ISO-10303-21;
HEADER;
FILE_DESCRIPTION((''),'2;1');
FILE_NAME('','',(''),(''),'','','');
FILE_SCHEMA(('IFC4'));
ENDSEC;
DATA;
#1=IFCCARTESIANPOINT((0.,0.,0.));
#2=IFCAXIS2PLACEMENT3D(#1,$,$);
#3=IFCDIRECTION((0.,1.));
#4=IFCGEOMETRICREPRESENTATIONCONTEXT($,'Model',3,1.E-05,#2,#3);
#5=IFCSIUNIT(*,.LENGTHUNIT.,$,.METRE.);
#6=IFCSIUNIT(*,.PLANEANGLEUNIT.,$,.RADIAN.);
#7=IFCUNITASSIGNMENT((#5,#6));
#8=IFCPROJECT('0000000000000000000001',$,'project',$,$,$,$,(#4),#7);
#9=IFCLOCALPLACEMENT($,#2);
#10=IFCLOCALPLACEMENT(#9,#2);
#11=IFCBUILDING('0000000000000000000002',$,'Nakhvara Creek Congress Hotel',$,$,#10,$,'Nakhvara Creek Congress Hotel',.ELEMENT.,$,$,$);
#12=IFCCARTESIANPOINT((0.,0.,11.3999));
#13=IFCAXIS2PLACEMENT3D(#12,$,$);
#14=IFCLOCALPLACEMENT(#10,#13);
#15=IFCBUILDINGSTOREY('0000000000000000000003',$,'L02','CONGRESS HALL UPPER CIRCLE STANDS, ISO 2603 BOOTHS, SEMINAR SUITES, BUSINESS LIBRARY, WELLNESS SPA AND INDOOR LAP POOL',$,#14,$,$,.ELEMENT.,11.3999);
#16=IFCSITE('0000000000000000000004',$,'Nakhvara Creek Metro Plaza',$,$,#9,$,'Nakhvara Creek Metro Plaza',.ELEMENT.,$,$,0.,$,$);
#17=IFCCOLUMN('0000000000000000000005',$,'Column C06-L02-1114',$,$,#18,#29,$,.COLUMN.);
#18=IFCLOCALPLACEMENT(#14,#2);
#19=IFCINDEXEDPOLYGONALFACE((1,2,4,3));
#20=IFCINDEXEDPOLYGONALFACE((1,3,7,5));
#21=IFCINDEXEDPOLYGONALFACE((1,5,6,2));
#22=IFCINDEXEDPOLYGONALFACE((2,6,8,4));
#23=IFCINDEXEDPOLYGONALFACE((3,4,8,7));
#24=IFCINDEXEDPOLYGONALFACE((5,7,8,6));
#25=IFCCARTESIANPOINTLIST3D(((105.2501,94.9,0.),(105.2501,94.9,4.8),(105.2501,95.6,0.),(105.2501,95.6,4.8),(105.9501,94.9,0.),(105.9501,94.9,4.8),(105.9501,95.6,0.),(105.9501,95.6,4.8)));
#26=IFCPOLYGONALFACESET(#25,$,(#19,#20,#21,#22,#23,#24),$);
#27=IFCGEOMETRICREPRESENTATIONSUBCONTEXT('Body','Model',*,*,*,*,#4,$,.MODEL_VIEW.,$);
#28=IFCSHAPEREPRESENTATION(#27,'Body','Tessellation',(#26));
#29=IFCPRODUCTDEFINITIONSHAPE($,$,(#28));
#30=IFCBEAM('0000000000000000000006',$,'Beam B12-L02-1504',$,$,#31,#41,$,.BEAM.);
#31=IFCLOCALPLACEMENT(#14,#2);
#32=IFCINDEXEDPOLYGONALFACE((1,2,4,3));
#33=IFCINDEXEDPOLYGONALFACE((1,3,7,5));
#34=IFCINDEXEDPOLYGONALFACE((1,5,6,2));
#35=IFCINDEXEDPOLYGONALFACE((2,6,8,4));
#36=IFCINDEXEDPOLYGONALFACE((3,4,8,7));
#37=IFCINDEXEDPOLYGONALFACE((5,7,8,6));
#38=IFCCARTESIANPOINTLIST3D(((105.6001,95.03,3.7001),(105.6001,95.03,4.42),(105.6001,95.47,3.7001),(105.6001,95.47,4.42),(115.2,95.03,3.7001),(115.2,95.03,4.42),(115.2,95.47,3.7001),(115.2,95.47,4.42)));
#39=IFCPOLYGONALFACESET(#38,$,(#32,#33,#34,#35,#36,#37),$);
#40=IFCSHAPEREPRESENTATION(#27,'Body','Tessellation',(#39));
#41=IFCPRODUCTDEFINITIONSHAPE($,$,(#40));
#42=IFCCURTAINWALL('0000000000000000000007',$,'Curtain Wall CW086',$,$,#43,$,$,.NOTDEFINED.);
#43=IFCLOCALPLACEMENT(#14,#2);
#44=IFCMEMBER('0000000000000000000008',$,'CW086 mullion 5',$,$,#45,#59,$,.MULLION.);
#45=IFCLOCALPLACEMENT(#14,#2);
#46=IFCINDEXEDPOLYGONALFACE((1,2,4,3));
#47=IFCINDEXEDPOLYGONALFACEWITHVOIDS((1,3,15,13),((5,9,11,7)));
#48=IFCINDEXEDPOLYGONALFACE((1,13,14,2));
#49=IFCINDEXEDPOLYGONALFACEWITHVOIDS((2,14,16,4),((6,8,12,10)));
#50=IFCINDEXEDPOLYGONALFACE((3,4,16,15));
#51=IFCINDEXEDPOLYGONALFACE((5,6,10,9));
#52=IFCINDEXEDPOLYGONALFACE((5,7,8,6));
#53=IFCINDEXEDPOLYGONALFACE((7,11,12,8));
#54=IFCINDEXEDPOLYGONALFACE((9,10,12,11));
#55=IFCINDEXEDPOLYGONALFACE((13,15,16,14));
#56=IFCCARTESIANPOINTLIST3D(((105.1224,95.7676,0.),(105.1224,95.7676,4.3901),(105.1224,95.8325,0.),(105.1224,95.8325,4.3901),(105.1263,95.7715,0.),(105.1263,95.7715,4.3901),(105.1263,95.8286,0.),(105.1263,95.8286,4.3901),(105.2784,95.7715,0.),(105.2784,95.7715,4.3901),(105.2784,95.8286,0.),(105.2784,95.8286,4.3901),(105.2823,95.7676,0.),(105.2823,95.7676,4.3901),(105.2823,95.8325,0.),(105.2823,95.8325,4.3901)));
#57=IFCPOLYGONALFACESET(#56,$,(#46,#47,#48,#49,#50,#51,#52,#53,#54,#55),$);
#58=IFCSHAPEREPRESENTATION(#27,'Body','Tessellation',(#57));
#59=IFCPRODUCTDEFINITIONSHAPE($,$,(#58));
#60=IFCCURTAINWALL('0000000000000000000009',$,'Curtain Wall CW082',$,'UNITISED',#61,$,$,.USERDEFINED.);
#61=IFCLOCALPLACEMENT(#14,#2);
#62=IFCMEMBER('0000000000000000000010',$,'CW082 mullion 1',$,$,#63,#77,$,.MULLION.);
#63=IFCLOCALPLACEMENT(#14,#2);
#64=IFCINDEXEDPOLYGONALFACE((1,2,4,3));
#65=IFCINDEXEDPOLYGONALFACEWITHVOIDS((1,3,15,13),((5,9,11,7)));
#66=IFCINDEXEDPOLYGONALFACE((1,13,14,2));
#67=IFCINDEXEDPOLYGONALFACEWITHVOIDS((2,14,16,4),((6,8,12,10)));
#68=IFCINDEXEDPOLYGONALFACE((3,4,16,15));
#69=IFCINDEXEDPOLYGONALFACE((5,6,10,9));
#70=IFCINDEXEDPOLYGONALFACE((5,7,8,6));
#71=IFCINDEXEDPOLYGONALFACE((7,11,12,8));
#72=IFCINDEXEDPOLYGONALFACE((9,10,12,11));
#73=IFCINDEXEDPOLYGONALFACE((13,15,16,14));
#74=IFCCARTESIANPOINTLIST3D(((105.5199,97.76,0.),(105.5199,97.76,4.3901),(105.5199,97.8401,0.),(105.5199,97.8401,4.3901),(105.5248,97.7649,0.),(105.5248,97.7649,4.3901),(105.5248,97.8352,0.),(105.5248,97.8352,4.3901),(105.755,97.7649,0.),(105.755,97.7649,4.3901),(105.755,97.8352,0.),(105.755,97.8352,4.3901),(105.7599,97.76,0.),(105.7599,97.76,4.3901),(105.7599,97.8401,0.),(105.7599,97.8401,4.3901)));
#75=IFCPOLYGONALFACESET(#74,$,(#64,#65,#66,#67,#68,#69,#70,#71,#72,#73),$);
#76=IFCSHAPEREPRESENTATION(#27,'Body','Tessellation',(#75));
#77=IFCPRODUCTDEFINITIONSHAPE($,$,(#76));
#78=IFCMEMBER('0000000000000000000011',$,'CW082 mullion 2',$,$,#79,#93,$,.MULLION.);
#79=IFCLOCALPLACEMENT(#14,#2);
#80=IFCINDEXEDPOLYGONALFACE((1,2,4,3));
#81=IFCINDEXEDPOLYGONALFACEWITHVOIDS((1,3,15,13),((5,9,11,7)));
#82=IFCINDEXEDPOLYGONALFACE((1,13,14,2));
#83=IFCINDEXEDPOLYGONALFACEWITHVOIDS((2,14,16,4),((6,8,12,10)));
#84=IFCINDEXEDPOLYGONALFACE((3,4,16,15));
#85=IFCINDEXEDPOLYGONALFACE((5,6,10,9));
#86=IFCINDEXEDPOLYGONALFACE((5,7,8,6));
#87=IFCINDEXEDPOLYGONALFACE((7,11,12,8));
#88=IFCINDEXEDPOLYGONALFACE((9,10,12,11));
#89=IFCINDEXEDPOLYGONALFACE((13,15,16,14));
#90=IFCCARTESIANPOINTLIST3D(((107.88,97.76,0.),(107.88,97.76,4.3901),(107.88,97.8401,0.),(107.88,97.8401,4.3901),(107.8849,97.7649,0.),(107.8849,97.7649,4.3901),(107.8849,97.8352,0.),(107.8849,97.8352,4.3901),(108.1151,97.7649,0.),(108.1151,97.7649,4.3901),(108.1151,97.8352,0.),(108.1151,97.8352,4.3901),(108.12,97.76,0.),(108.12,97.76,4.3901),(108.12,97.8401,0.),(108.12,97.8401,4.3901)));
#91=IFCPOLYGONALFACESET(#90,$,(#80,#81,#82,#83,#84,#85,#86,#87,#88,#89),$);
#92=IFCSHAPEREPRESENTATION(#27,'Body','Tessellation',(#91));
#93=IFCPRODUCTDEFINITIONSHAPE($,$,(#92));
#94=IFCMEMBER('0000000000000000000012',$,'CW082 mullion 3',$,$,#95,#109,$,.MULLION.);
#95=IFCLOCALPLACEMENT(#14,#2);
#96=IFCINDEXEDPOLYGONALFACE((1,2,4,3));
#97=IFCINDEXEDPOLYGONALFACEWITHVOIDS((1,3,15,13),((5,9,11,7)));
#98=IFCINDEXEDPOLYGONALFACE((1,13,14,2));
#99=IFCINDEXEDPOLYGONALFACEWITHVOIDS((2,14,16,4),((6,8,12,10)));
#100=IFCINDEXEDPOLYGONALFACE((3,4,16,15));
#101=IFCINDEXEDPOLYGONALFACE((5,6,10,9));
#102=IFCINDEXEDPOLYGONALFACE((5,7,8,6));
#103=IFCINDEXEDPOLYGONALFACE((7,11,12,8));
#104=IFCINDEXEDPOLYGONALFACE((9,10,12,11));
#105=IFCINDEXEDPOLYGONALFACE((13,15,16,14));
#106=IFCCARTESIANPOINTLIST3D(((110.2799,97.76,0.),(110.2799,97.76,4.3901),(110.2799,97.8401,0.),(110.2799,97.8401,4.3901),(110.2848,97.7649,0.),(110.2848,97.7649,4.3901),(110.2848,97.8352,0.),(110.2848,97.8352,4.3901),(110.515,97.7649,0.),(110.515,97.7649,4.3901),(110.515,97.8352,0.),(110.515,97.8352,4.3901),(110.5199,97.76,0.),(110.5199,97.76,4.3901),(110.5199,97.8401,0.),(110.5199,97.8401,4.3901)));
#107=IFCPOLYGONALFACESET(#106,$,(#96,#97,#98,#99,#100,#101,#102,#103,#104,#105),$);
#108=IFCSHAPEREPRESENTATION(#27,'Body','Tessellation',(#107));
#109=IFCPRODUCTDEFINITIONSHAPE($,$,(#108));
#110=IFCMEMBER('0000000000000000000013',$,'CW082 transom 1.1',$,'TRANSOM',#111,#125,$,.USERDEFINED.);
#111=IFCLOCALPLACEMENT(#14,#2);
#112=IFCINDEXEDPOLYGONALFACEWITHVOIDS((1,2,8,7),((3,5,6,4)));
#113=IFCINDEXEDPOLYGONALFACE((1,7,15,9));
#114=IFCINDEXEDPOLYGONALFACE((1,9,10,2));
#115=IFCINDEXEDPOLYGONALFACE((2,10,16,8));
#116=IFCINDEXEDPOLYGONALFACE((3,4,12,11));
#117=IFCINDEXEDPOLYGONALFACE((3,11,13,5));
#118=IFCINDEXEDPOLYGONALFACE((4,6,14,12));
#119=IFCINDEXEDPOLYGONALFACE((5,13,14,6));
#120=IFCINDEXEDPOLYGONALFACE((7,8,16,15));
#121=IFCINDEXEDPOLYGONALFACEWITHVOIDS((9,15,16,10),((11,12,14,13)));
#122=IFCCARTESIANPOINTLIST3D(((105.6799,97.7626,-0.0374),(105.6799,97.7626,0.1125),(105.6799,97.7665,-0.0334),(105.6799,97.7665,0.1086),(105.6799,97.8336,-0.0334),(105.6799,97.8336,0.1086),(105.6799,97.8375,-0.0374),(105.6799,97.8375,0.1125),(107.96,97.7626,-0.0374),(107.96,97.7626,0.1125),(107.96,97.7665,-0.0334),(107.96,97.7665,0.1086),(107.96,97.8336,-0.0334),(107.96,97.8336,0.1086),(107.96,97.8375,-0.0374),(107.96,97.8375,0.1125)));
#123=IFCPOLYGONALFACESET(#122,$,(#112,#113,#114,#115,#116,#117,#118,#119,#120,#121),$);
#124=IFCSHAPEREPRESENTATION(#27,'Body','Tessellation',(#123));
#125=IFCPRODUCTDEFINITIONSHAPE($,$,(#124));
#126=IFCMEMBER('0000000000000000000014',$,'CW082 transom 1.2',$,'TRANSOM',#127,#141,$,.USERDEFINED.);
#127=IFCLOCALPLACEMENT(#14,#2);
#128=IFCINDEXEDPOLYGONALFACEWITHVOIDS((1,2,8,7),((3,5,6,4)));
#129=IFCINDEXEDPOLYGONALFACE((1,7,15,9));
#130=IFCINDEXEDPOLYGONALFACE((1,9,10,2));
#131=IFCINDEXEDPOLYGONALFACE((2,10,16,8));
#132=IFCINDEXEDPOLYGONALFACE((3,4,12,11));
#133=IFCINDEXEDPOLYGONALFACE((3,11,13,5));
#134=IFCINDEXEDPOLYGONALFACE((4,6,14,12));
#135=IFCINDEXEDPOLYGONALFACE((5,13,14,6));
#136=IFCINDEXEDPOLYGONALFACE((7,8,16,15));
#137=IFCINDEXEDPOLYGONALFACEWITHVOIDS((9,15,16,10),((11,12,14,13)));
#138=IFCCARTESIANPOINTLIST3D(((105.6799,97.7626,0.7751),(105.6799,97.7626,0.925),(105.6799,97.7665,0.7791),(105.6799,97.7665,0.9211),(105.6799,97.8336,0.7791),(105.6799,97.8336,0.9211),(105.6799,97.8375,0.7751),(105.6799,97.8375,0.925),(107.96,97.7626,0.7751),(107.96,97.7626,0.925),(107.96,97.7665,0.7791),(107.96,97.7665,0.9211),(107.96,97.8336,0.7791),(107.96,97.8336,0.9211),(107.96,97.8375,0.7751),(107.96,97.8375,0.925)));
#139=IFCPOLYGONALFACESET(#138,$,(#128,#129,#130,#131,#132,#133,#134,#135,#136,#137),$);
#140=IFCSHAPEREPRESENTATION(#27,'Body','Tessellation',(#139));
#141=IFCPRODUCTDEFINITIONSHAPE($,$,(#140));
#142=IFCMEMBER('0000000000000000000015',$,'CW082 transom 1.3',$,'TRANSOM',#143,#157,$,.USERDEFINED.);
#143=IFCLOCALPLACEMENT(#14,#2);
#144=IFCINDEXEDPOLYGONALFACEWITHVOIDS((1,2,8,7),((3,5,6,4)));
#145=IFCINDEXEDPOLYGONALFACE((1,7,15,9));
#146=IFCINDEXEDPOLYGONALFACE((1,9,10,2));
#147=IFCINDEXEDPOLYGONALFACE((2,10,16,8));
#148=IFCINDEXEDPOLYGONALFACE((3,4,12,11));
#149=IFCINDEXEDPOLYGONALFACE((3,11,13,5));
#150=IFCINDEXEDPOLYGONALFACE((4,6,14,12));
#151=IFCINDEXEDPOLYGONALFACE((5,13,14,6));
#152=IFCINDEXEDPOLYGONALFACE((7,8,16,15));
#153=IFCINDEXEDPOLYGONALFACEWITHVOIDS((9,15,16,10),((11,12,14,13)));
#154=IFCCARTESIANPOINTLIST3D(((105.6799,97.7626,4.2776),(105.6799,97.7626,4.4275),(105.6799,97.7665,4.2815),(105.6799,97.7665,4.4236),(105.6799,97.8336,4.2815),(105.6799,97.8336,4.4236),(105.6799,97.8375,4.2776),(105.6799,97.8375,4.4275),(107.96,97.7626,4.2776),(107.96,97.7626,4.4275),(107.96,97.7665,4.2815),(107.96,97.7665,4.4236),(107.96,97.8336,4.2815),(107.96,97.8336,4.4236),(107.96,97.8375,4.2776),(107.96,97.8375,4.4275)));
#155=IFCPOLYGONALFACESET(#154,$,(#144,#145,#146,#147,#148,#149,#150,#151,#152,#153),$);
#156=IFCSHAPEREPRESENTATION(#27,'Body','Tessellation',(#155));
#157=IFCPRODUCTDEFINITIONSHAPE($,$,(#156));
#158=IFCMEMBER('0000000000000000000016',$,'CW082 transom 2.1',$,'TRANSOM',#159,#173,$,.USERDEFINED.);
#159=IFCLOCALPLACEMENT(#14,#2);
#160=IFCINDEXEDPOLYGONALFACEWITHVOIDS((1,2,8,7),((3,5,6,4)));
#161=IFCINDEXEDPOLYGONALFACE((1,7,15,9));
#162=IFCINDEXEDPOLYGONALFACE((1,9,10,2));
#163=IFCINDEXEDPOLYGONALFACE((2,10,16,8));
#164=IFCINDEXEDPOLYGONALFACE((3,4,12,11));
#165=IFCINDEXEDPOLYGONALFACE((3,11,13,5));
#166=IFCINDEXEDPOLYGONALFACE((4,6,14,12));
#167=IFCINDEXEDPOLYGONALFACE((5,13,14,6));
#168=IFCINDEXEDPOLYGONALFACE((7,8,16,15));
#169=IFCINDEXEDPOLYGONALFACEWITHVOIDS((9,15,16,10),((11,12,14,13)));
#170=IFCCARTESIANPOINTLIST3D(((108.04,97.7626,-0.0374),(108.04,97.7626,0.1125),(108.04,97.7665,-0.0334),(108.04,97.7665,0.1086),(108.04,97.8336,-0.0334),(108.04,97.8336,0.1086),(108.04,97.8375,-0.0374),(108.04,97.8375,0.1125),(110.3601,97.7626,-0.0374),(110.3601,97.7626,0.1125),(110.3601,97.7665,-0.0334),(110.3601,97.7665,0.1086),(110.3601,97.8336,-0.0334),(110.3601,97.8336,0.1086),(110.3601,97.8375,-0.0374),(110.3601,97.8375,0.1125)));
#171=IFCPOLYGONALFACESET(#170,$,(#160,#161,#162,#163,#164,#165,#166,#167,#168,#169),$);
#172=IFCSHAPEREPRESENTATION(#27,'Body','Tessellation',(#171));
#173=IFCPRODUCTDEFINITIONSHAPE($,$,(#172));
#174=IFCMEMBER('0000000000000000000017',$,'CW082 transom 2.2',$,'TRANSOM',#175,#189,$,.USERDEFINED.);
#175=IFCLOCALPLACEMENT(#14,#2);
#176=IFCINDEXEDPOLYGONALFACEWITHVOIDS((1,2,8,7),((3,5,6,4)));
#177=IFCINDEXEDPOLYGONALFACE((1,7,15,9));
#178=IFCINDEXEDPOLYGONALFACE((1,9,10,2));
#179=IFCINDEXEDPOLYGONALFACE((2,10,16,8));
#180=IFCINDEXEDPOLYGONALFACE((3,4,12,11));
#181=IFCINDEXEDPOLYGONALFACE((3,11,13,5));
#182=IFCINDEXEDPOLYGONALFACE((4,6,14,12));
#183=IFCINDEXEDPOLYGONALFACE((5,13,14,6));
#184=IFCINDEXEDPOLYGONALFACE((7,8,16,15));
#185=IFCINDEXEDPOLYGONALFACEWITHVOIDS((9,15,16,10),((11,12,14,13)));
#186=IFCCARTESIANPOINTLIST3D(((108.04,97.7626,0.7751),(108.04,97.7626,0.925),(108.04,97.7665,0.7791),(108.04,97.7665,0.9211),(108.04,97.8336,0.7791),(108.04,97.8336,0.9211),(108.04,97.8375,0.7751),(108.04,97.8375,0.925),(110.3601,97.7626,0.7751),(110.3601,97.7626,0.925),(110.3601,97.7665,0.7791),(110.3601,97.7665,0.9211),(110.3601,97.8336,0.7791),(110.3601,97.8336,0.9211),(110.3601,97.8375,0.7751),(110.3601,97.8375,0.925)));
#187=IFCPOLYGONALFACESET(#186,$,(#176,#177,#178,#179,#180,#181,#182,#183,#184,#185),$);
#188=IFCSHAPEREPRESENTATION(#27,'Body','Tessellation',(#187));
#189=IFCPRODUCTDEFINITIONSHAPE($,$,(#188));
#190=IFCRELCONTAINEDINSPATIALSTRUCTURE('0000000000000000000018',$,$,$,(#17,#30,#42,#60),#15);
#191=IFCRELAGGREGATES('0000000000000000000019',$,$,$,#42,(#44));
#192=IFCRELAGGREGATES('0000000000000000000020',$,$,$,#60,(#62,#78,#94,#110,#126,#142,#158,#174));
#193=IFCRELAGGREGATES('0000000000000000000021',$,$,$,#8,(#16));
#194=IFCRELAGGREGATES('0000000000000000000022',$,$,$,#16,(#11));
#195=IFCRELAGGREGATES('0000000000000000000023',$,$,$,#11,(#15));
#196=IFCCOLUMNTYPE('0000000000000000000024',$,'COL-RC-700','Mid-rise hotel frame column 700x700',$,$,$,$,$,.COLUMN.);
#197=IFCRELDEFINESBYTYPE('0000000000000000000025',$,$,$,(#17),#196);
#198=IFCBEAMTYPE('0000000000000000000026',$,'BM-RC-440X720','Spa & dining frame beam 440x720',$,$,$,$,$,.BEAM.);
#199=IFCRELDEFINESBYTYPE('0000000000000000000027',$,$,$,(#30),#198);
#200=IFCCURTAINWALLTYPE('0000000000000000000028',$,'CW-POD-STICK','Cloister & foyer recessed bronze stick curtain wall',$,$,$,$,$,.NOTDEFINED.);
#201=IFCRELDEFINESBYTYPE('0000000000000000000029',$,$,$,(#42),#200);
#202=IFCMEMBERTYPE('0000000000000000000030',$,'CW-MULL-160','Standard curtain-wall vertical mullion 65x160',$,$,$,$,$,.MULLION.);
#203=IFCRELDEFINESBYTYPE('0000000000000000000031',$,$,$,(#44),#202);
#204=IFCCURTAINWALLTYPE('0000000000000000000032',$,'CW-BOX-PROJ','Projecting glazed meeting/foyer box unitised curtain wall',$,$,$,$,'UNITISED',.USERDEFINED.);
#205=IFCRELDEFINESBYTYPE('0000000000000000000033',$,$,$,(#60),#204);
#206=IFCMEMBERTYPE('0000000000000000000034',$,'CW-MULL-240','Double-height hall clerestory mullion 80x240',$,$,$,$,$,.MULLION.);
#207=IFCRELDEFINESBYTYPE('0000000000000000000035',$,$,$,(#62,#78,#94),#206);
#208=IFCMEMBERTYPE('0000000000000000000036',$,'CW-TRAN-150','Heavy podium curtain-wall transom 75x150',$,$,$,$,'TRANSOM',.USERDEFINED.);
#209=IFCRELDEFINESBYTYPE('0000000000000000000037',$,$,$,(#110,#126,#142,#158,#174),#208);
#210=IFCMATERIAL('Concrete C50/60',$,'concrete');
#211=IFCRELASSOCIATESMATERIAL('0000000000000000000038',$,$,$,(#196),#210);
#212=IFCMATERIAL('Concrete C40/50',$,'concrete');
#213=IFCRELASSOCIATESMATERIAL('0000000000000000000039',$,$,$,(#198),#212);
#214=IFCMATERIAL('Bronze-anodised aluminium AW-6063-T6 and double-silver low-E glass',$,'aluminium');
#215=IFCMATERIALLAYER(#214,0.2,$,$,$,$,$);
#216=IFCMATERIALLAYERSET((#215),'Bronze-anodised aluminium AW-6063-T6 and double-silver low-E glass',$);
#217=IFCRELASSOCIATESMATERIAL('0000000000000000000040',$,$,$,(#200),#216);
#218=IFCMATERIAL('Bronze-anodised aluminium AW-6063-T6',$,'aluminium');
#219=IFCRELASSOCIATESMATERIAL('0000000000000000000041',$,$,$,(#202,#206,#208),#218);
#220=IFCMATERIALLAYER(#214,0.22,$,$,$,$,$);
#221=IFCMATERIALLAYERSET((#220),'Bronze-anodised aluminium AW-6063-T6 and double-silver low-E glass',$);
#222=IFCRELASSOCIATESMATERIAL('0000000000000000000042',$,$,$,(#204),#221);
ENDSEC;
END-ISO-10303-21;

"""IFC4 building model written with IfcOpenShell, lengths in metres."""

from ifc_helpers import new_model, si_unit, direction, frame, origin, origin_2d, place, context, subcontext, project, spatial, rectangle, hollow_rectangle, extrude, material, layer, layer_set, material_profile, profile_set, type_object, element, aggregate, save


model = new_model("IFC4")

# Units and contexts
model_context = context("Model", 3, precision=1e-05, world=origin(), true_north=direction((0.0, 1.0)))
body_context = subcontext(model_context, "Body", "Model", "MODEL_VIEW")
ifc_project = project(units=[si_unit("LENGTHUNIT", "METRE"), si_unit("PLANEANGLEUNIT", "RADIAN")], contexts=[model_context])

# Site, building, storey
site_placement = place(None, origin())
site = spatial("IfcSite", under=ifc_project, at=site_placement, Name="Nakhvara Creek Metro Plaza", LongName="Nakhvara Creek Metro Plaza", CompositionType="ELEMENT", RefElevation=0.0)
building_placement = place(site_placement, origin())
building = spatial("IfcBuilding", under=site, at=building_placement, Name="Nakhvara Creek Congress Hotel", LongName="Nakhvara Creek Congress Hotel", CompositionType="ELEMENT")
storey_placement = place(building_placement, frame((0.0, 0.0, 11.3999)))
storey = spatial("IfcBuildingStorey", under=building, at=storey_placement, Name="L02", Description="CONGRESS HALL UPPER CIRCLE STANDS, ISO 2603 BOOTHS, SEMINAR SUITES, BUSINESS LIBRARY, WELLNESS SPA AND INDOOR LAP POOL", CompositionType="ELEMENT", Elevation=11.3999)

# Column
ifc_material_1 = material(Name="Concrete C50/60", Category="concrete")
ifc_material_profile_1 = material_profile(ifc_material_1, rectangle(XDim=0.7, YDim=0.7, at=origin_2d()), Name="RC-COL 700x700", Category="LoadBearing")
ifc_profile_set_1 = profile_set([ifc_material_profile_1], Name="Concrete C50/60")
column_type = type_object("IfcColumnType", Name="COL-RC-700", Description="Mid-rise hotel frame column 700x700", PredefinedType="COLUMN", material=ifc_profile_set_1)
column_placement = place(storey_placement, frame((105.6001, 95.25, 0.0), z_axis=(0.0, 0.0, 1.0), x_axis=(1.0, 0.0, 0.0)))
element("IfcColumn", 1, at=column_placement, inside=storey, type_object=column_type, Name="Column C06-L02-1114", PredefinedType="COLUMN", context=body_context, shape_type="SweptSolid", body=[
    extrude(rectangle(XDim=0.7, YDim=0.7, at=origin_2d()), origin(), (0.0, 0.0, 1.0), 4.8),
])

# Beam
ifc_material_2 = material(Name="Concrete C40/50", Category="concrete")
ifc_material_profile_2 = material_profile(ifc_material_2, rectangle(XDim=0.4399, YDim=0.72, at=origin_2d()), Name="RC-BM 440x720", Category="LoadBearing")
ifc_profile_set_2 = profile_set([ifc_material_profile_2], Name="Concrete C40/50")
beam_type = type_object("IfcBeamType", Name="BM-RC-440X720", Description="Spa & dining frame beam 440x720", PredefinedType="BEAM", material=ifc_profile_set_2)
beam_placement = place(storey_placement, frame((105.6001, 95.25, 4.0601), z_axis=(1.0, 0.0, 0.0), x_axis=(0.0, 1.0, 0.0)))
element("IfcBeam", 2, at=beam_placement, inside=storey, type_object=beam_type, Name="Beam B12-L02-1504", PredefinedType="BEAM", context=body_context, shape_type="SweptSolid", body=[
    extrude(rectangle(XDim=0.4399, YDim=0.72, at=origin_2d()), origin(), (0.0, 0.0, 1.0), 9.5999),
])

# Curtain wall, member
ifc_material_3 = material(Name="Bronze-anodised aluminium AW-6063-T6 and double-silver low-E glass", Category="aluminium")
ifc_layer_1 = layer(ifc_material_3, 0.2)
ifc_layer_set_1 = layer_set([ifc_layer_1], Name="Bronze-anodised aluminium AW-6063-T6 and double-silver low-E glass")
curtain_wall_type_1 = type_object("IfcCurtainWallType", Name="CW-POD-STICK", Description="Cloister & foyer recessed bronze stick curtain wall", PredefinedType="NOTDEFINED", material=ifc_layer_set_1)
curtain_wall_1_placement = place(storey_placement, origin())
curtain_wall_1 = element("IfcCurtainWall", 3, at=curtain_wall_1_placement, inside=storey, type_object=curtain_wall_type_1, Name="Curtain Wall CW086", PredefinedType="NOTDEFINED")
ifc_material_4 = material(Name="Bronze-anodised aluminium AW-6063-T6", Category="aluminium")
ifc_material_profile_3 = material_profile(ifc_material_4, hollow_rectangle(XDim=0.0649, YDim=0.1599, WallThickness=0.0039, at=origin_2d()), Name="ALU-MULL 65x160x4", Category="LoadBearing")
ifc_profile_set_3 = profile_set([ifc_material_profile_3], Name="Bronze-anodised aluminium AW-6063-T6")
member_type_1 = type_object("IfcMemberType", Name="CW-MULL-160", Description="Standard curtain-wall vertical mullion 65x160", PredefinedType="MULLION", material=ifc_profile_set_3)
member_1_placement = place(storey_placement, frame((105.2024, 95.8, 0.0), z_axis=(0.0, 0.0, 1.0), x_axis=(0.0, 1.0, 0.0)))
member_1 = element("IfcMember", 4, at=member_1_placement, type_object=member_type_1, Name="CW086 mullion 5", PredefinedType="MULLION", context=body_context, shape_type="SweptSolid", body=[
    extrude(hollow_rectangle(XDim=0.0649, YDim=0.1599, WallThickness=0.0039, at=origin_2d()), origin(), (0.0, 0.0, 1.0), 4.3901),
])
aggregate(curtain_wall_1, [member_1])

# Curtain wall, members
ifc_layer_2 = layer(ifc_material_3, 0.22)
ifc_layer_set_2 = layer_set([ifc_layer_2], Name="Bronze-anodised aluminium AW-6063-T6 and double-silver low-E glass")
curtain_wall_type_2 = type_object("IfcCurtainWallType", Name="CW-BOX-PROJ", Description="Projecting glazed meeting/foyer box unitised curtain wall", ElementType="UNITISED", PredefinedType="USERDEFINED", material=ifc_layer_set_2)
curtain_wall_2_placement = place(storey_placement, origin())
curtain_wall_2 = element("IfcCurtainWall", 5, at=curtain_wall_2_placement, inside=storey, type_object=curtain_wall_type_2, Name="Curtain Wall CW082", ObjectType="UNITISED", PredefinedType="USERDEFINED")
ifc_material_profile_4 = material_profile(ifc_material_4, hollow_rectangle(XDim=0.0801, YDim=0.24, WallThickness=0.0049, at=origin_2d()), Name="ALU-MULL 80x240x5", Category="LoadBearing")
ifc_profile_set_4 = profile_set([ifc_material_profile_4], Name="Bronze-anodised aluminium AW-6063-T6")
member_type_2 = type_object("IfcMemberType", Name="CW-MULL-240", Description="Double-height hall clerestory mullion 80x240", PredefinedType="MULLION", material=ifc_profile_set_4)
member_2_placement = place(storey_placement, frame((105.6399, 97.8, 0.0), z_axis=(0.0, 0.0, 1.0), x_axis=(0.0, 1.0, 0.0)))
member_2 = element("IfcMember", 6, at=member_2_placement, type_object=member_type_2, Name="CW082 mullion 1", PredefinedType="MULLION", context=body_context, shape_type="SweptSolid", body=[
    extrude(hollow_rectangle(XDim=0.0801, YDim=0.24, WallThickness=0.0049, at=origin_2d()), origin(), (0.0, 0.0, 1.0), 4.3901),
])
member_3_placement = place(storey_placement, frame((108.0, 97.8, 0.0), z_axis=(0.0, 0.0, 1.0), x_axis=(0.0, 1.0, 0.0)))
member_3 = element("IfcMember", 7, at=member_3_placement, type_object=member_type_2, Name="CW082 mullion 2", PredefinedType="MULLION", context=body_context, shape_type="SweptSolid", body=[
    extrude(hollow_rectangle(XDim=0.0801, YDim=0.24, WallThickness=0.0049, at=origin_2d()), origin(), (0.0, 0.0, 1.0), 4.3901),
])
member_4_placement = place(storey_placement, frame((110.3999, 97.8, 0.0), z_axis=(0.0, 0.0, 1.0), x_axis=(0.0, 1.0, 0.0)))
member_4 = element("IfcMember", 8, at=member_4_placement, type_object=member_type_2, Name="CW082 mullion 3", PredefinedType="MULLION", context=body_context, shape_type="SweptSolid", body=[
    extrude(hollow_rectangle(XDim=0.0801, YDim=0.24, WallThickness=0.0049, at=origin_2d()), origin(), (0.0, 0.0, 1.0), 4.3901),
])
ifc_material_profile_5 = material_profile(ifc_material_4, hollow_rectangle(XDim=0.075, YDim=0.1499, WallThickness=0.0039, at=origin_2d()), Name="ALU-TRAN 75x150x4", Category="LoadBearing")
ifc_profile_set_5 = profile_set([ifc_material_profile_5], Name="Bronze-anodised aluminium AW-6063-T6")
member_type_3 = type_object("IfcMemberType", Name="CW-TRAN-150", Description="Heavy podium curtain-wall transom 75x150", ElementType="TRANSOM", PredefinedType="USERDEFINED", material=ifc_profile_set_5)
member_5_placement = place(storey_placement, frame((105.6799, 97.8, 0.0376), z_axis=(1.0, 0.0, 0.0), x_axis=(0.0, 1.0, 0.0)))
member_5 = element("IfcMember", 9, at=member_5_placement, type_object=member_type_3, Name="CW082 transom 1.1", ObjectType="TRANSOM", PredefinedType="USERDEFINED", context=body_context, shape_type="SweptSolid", body=[
    extrude(hollow_rectangle(XDim=0.075, YDim=0.1499, WallThickness=0.0039, at=origin_2d()), origin(), (0.0, 0.0, 1.0), 2.28),
])
member_6_placement = place(storey_placement, frame((105.6799, 97.8, 0.8501), z_axis=(1.0, 0.0, 0.0), x_axis=(0.0, 1.0, 0.0)))
member_6 = element("IfcMember", 10, at=member_6_placement, type_object=member_type_3, Name="CW082 transom 1.2", ObjectType="TRANSOM", PredefinedType="USERDEFINED", context=body_context, shape_type="SweptSolid", body=[
    extrude(hollow_rectangle(XDim=0.075, YDim=0.1499, WallThickness=0.0039, at=origin_2d()), origin(), (0.0, 0.0, 1.0), 2.28),
])
member_7_placement = place(storey_placement, frame((105.6799, 97.8, 4.3525), z_axis=(1.0, 0.0, 0.0), x_axis=(0.0, 1.0, 0.0)))
member_7 = element("IfcMember", 11, at=member_7_placement, type_object=member_type_3, Name="CW082 transom 1.3", ObjectType="TRANSOM", PredefinedType="USERDEFINED", context=body_context, shape_type="SweptSolid", body=[
    extrude(hollow_rectangle(XDim=0.075, YDim=0.1499, WallThickness=0.0039, at=origin_2d()), origin(), (0.0, 0.0, 1.0), 2.28),
])
member_8_placement = place(storey_placement, frame((108.04, 97.8, 0.0376), z_axis=(1.0, 0.0, 0.0), x_axis=(0.0, 1.0, 0.0)))
member_8 = element("IfcMember", 12, at=member_8_placement, type_object=member_type_3, Name="CW082 transom 2.1", ObjectType="TRANSOM", PredefinedType="USERDEFINED", context=body_context, shape_type="SweptSolid", body=[
    extrude(hollow_rectangle(XDim=0.075, YDim=0.1499, WallThickness=0.0039, at=origin_2d()), origin(), (0.0, 0.0, 1.0), 2.3201),
])
member_9_placement = place(storey_placement, frame((108.04, 97.8, 0.8501), z_axis=(1.0, 0.0, 0.0), x_axis=(0.0, 1.0, 0.0)))
member_9 = element("IfcMember", 13, at=member_9_placement, type_object=member_type_3, Name="CW082 transom 2.2", ObjectType="TRANSOM", PredefinedType="USERDEFINED", context=body_context, shape_type="SweptSolid", body=[
    extrude(hollow_rectangle(XDim=0.075, YDim=0.1499, WallThickness=0.0039, at=origin_2d()), origin(), (0.0, 0.0, 1.0), 2.3201),
])
aggregate(curtain_wall_2, [member_2, member_3, member_4, member_5, member_6, member_7, member_8, member_9])

save(model, "model.ifc")
